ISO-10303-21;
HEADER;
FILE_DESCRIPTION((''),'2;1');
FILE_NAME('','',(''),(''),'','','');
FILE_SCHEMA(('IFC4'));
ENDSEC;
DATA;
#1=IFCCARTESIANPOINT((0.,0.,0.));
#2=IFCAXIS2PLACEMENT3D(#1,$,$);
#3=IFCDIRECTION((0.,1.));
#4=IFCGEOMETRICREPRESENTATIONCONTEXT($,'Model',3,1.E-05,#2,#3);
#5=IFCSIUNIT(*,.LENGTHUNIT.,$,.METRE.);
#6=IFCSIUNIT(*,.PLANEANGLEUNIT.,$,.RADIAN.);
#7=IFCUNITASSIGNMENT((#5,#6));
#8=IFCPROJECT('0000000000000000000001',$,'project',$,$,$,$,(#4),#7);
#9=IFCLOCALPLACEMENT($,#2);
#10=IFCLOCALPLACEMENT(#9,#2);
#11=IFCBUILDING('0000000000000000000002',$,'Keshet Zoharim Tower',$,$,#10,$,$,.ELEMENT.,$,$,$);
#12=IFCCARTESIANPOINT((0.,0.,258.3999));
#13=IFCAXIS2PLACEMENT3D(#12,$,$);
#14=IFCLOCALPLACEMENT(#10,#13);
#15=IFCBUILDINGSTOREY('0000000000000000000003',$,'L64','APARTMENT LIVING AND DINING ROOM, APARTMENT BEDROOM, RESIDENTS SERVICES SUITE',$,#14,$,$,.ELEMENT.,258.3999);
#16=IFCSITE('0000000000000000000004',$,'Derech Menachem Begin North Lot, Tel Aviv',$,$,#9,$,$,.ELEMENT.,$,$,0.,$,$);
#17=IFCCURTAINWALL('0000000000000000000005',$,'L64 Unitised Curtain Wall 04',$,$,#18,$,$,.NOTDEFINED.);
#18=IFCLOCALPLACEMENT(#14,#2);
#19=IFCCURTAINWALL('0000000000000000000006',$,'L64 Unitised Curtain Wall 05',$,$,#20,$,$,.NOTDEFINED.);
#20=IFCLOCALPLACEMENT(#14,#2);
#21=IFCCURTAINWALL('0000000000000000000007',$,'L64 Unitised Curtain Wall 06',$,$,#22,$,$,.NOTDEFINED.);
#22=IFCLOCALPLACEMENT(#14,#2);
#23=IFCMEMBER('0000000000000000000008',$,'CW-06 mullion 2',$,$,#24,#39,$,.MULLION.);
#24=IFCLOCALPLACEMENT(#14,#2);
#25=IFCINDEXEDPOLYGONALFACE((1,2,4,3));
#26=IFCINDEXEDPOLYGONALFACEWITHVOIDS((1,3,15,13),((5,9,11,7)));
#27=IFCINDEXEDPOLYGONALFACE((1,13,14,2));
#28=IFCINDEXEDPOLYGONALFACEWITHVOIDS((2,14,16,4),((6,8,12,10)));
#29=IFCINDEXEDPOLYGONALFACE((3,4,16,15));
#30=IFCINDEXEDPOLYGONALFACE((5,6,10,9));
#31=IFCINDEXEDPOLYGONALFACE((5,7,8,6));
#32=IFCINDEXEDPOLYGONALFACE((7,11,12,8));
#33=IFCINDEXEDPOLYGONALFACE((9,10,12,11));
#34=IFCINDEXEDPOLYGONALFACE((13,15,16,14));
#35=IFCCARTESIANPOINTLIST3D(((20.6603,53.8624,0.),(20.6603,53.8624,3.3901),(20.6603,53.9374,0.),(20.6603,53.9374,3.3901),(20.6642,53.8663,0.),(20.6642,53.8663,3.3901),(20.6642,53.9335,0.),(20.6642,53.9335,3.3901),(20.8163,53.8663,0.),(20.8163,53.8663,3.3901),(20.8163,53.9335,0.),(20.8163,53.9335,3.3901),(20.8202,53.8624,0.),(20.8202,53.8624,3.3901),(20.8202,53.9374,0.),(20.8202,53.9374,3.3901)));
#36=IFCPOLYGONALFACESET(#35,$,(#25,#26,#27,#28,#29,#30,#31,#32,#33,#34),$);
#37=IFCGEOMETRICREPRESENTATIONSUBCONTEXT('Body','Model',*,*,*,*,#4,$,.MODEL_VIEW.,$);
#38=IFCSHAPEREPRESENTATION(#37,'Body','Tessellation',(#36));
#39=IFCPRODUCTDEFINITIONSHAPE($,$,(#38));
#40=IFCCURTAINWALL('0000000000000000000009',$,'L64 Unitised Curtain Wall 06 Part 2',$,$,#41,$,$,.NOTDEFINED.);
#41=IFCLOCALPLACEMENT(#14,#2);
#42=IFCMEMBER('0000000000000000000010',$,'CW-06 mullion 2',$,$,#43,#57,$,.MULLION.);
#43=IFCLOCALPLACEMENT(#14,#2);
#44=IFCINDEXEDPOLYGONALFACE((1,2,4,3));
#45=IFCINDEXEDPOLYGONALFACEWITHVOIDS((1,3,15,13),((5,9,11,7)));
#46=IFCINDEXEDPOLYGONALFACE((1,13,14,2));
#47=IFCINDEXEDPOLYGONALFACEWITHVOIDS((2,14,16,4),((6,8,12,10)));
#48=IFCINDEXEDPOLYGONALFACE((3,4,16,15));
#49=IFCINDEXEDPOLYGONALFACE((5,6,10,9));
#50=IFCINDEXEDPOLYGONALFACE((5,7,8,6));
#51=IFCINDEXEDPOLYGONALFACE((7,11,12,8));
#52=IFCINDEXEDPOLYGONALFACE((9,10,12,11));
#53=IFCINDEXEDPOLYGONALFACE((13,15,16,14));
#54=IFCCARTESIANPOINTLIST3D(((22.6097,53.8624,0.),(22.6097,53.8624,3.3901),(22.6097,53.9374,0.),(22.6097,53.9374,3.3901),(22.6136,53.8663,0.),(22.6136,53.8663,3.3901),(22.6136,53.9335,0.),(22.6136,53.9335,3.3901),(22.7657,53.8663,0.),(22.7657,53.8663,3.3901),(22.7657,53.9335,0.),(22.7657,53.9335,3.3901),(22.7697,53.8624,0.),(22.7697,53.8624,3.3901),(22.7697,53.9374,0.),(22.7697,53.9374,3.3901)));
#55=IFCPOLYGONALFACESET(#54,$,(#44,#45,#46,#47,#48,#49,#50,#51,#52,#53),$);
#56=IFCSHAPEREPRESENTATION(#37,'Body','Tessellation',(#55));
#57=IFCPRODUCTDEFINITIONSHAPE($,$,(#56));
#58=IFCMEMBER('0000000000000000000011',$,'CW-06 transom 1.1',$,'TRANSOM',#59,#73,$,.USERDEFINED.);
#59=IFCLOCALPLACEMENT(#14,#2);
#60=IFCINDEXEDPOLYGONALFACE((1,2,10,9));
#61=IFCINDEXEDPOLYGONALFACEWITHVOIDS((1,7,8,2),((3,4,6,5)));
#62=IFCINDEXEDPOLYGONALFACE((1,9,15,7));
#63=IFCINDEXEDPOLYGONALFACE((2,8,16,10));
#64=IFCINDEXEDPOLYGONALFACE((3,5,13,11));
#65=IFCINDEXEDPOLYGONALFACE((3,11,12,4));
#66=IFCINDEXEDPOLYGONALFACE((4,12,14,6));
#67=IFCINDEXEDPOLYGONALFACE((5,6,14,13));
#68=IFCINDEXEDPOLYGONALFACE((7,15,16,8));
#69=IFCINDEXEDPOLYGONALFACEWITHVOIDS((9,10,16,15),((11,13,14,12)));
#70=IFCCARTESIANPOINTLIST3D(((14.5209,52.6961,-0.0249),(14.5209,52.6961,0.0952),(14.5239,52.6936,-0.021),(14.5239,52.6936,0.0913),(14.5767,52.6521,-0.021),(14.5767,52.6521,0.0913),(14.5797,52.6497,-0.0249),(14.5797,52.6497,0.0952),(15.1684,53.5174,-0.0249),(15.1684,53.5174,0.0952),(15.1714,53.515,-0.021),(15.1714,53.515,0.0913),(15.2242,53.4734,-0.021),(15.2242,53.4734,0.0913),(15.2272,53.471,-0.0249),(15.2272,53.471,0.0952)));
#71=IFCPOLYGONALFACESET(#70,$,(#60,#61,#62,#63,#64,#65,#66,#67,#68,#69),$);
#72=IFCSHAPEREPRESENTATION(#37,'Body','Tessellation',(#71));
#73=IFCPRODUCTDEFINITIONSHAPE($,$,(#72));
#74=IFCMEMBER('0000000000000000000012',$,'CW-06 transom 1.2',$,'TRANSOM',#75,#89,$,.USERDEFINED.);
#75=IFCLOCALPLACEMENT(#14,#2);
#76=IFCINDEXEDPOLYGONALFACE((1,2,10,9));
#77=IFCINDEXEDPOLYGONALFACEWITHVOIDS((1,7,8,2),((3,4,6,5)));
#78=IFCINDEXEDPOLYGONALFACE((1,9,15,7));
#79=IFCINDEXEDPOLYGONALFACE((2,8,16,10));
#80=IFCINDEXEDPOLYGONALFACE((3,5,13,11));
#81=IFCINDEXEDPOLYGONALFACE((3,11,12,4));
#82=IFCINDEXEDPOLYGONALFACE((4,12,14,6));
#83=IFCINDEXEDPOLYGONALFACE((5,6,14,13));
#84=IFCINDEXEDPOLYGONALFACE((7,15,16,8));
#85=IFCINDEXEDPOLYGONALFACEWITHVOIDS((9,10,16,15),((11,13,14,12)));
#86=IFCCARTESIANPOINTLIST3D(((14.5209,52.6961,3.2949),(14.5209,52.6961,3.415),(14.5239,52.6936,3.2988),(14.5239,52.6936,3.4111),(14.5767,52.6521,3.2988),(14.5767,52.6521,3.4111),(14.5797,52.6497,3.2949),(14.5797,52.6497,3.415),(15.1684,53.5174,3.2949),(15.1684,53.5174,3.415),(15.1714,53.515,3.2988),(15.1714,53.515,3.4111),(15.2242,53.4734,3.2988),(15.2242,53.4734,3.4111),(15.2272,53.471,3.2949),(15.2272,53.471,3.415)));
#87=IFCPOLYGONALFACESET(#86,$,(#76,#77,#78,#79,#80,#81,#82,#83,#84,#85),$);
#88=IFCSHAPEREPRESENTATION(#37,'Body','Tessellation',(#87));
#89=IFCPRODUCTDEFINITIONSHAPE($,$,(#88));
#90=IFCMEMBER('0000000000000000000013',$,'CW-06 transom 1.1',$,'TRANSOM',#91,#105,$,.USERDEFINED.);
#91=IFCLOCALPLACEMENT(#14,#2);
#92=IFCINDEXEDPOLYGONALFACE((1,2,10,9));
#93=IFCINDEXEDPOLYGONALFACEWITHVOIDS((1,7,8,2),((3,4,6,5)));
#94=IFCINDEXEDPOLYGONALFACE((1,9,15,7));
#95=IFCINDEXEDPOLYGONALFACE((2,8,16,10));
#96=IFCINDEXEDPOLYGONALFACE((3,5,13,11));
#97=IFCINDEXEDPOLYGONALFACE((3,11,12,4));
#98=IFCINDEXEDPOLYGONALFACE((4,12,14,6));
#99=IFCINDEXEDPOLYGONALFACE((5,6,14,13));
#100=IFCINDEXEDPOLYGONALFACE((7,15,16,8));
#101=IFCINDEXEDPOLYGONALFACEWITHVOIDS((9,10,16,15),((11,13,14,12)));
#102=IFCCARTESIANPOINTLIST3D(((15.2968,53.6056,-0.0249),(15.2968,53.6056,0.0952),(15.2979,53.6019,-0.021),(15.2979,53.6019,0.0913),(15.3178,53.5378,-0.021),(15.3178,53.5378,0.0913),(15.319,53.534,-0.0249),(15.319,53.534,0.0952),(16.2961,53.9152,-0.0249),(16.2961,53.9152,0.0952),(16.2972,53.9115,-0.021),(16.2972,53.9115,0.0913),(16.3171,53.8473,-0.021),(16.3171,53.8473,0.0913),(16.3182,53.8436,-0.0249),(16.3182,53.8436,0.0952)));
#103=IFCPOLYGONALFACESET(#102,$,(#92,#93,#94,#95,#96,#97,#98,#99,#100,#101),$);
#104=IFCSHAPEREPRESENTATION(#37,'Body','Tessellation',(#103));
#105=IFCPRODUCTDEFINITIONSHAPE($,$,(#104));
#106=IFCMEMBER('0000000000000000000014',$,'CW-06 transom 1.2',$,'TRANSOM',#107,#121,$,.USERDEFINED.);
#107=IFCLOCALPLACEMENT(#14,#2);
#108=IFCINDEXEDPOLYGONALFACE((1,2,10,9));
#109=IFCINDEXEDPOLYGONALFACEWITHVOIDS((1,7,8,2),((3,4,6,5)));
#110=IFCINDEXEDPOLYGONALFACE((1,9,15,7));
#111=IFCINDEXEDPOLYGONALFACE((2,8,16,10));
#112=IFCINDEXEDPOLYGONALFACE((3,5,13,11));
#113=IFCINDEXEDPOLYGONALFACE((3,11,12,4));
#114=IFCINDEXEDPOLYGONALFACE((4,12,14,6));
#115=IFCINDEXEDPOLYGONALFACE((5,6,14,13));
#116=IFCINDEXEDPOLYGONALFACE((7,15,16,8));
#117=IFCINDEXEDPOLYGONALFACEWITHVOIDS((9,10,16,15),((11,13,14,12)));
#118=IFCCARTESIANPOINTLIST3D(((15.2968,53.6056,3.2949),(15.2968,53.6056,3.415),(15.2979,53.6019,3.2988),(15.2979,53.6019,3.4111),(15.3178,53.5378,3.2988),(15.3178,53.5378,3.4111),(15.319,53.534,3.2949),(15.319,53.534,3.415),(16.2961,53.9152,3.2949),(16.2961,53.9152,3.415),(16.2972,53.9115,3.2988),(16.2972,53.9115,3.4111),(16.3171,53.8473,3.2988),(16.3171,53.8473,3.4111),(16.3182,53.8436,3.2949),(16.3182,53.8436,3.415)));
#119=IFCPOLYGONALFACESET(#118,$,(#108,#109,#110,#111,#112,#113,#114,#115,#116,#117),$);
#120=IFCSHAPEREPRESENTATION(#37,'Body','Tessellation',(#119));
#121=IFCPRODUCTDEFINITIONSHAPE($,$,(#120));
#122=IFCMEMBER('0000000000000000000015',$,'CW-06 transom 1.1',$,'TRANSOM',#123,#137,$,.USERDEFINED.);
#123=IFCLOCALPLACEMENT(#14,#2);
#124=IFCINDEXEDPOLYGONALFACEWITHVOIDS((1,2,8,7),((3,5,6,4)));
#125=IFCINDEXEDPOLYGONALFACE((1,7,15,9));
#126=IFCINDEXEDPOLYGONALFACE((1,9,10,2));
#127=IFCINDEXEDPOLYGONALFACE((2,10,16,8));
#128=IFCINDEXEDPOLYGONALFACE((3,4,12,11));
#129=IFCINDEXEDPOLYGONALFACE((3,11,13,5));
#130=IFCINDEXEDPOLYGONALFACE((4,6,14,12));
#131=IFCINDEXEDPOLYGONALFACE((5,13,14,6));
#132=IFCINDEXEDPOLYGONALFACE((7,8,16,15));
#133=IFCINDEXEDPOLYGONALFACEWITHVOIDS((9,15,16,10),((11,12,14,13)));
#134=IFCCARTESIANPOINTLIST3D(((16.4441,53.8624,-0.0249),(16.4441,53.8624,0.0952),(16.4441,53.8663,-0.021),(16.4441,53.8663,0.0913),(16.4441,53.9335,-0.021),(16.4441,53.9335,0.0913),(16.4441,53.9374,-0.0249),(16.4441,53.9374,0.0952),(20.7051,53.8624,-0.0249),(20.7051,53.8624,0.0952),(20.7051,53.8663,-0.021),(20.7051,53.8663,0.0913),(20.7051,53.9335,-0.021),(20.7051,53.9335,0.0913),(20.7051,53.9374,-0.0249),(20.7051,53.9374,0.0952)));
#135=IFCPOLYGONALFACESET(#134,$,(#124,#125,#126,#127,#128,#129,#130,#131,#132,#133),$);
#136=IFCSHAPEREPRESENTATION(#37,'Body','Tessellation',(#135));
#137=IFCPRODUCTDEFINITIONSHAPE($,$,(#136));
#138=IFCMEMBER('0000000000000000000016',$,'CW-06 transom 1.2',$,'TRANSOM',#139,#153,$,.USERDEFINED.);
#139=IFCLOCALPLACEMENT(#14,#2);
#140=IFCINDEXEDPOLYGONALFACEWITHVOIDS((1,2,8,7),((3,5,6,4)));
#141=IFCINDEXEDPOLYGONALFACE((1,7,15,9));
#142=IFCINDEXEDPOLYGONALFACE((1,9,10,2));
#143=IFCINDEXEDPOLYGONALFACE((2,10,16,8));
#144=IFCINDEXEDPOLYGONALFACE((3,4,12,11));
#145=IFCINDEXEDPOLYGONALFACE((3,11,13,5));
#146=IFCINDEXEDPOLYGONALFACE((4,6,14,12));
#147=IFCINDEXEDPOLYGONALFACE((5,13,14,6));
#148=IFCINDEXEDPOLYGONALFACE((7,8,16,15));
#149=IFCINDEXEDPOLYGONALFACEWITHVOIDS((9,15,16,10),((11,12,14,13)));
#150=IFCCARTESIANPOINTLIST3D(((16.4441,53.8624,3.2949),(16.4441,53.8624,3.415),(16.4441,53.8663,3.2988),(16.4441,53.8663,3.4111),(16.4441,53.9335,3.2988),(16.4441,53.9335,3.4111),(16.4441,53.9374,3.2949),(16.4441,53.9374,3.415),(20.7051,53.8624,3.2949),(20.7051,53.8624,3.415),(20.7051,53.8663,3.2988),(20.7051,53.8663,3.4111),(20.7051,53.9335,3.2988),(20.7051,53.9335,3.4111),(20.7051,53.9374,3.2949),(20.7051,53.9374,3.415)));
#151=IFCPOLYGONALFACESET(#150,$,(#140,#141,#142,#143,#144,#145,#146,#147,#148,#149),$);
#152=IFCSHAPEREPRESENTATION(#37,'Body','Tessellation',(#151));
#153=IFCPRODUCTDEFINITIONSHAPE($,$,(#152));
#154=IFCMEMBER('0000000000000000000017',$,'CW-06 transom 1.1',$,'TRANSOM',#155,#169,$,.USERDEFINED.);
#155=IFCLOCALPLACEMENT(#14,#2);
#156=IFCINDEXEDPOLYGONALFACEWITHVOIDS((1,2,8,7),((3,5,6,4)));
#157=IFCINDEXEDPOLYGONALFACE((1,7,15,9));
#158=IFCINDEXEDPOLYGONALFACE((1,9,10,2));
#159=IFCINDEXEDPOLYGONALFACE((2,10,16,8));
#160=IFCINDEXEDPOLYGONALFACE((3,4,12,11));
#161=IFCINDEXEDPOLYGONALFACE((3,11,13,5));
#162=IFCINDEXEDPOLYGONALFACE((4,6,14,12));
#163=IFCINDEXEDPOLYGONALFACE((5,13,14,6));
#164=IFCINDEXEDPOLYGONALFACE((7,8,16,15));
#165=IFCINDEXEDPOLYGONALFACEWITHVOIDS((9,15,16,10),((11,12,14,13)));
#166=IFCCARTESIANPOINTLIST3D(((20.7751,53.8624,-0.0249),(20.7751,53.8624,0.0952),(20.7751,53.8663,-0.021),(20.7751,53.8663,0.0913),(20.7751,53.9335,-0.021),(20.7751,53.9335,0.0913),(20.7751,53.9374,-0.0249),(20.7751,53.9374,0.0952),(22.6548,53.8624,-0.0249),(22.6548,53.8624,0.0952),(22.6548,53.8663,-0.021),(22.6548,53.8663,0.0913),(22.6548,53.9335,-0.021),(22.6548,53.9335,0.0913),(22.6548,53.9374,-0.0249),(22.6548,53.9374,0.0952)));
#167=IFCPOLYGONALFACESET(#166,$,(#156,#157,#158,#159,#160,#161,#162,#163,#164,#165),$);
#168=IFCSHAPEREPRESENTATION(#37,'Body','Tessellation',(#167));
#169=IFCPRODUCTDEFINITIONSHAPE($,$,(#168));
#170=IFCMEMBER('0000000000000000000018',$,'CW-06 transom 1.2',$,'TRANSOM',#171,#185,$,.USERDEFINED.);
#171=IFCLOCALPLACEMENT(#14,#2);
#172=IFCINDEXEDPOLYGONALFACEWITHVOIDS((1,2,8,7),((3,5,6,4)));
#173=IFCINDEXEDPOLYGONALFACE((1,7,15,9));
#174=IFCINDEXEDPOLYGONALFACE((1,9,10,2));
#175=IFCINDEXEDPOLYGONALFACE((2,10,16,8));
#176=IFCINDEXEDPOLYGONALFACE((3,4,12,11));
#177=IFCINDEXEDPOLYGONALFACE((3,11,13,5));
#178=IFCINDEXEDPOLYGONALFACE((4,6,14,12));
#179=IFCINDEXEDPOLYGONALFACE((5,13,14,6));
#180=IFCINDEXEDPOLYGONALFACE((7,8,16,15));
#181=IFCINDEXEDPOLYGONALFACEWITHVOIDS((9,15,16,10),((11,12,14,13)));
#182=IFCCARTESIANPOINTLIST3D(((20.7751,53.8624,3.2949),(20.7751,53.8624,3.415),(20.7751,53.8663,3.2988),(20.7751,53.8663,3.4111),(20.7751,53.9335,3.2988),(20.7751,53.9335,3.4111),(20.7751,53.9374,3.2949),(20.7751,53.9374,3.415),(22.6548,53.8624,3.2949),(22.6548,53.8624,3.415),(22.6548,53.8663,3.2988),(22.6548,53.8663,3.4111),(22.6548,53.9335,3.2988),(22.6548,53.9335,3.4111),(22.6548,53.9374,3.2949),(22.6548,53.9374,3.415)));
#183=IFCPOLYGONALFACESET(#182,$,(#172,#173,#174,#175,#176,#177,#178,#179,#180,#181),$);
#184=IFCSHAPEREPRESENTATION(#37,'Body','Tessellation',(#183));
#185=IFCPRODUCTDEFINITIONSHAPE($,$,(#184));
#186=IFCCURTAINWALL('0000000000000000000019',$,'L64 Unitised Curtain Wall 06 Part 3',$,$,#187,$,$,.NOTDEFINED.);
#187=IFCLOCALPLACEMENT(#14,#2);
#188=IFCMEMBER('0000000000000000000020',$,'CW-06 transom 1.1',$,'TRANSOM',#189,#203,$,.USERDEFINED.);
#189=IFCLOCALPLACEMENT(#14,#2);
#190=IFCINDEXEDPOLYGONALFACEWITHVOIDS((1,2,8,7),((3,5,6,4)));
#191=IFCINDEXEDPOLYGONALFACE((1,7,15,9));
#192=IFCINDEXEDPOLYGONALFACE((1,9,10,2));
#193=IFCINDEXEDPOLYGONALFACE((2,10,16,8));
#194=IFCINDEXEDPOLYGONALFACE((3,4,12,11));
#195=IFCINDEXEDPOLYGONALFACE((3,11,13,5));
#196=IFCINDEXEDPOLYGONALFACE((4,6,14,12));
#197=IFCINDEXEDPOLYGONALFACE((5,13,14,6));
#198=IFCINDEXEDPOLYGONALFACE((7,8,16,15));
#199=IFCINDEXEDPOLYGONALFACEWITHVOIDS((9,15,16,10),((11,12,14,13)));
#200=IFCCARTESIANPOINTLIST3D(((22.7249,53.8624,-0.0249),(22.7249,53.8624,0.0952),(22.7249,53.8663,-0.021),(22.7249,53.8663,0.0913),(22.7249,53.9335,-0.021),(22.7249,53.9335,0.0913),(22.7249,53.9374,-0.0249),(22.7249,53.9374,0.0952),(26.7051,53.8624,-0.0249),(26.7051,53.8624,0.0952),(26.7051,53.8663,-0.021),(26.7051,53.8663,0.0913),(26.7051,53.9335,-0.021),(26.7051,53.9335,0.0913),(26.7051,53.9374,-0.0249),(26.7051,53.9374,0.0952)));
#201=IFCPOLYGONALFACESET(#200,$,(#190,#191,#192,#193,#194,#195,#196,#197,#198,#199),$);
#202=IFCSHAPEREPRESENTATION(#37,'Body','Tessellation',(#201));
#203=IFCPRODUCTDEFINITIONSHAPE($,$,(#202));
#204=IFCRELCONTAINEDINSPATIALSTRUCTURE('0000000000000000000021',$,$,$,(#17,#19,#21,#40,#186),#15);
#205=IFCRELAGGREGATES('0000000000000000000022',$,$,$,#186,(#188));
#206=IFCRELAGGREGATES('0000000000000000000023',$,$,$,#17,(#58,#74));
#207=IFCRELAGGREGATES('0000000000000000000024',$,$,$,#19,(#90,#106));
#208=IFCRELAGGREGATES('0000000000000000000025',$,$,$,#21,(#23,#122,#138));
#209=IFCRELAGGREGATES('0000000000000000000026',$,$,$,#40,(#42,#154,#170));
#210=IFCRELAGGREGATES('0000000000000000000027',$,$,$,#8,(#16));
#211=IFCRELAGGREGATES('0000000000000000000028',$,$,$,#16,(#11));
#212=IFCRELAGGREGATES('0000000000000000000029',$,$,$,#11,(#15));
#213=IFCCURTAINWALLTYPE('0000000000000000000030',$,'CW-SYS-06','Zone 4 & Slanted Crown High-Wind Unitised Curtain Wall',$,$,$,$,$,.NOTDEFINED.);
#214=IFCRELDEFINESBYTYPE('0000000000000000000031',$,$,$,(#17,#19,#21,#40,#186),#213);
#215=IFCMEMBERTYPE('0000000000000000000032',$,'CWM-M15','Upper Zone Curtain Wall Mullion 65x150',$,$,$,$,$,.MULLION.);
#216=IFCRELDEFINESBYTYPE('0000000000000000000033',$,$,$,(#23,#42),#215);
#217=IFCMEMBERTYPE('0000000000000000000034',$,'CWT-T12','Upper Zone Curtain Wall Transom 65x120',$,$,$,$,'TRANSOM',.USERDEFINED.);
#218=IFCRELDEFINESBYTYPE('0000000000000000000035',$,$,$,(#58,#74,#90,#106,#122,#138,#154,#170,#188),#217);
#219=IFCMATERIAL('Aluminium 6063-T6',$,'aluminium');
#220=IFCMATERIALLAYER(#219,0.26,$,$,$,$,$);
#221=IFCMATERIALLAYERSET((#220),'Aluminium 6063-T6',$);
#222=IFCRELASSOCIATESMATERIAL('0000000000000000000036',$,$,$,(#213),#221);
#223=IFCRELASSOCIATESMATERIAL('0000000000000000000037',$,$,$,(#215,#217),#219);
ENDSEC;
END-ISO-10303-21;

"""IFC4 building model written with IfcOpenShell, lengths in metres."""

from ifc_helpers import new_model, si_unit, direction, frame, origin, origin_2d, place, context, subcontext, project, spatial, hollow_rectangle, extrude, material, layer, layer_set, material_profile, profile_set, type_object, element, aggregate, save


model = new_model("IFC4")

# Units and contexts
model_context = context("Model", 3, precision=1e-05, world=origin(), true_north=direction((0.0, 1.0)))
body_context = subcontext(model_context, "Body", "Model", "MODEL_VIEW")
ifc_project = project(units=[si_unit("LENGTHUNIT", "METRE"), si_unit("PLANEANGLEUNIT", "RADIAN")], contexts=[model_context])

# Site, building, storey
site_placement = place(None, origin())
site = spatial("IfcSite", under=ifc_project, at=site_placement, Name="Derech Menachem Begin North Lot, Tel Aviv", CompositionType="ELEMENT", RefElevation=0.0)
building_placement = place(site_placement, origin())
building = spatial("IfcBuilding", under=site, at=building_placement, Name="Keshet Zoharim Tower", CompositionType="ELEMENT")
storey_placement = place(building_placement, frame((0.0, 0.0, 258.3999)))
storey = spatial("IfcBuildingStorey", under=building, at=storey_placement, Name="L64", Description="APARTMENT LIVING AND DINING ROOM, APARTMENT BEDROOM, RESIDENTS SERVICES SUITE", CompositionType="ELEMENT", Elevation=258.3999)

# Curtain walls, member
ifc_material_1 = material(Name="Aluminium 6063-T6", Category="aluminium")
ifc_layer_1 = layer(ifc_material_1, 0.26)
ifc_layer_set_1 = layer_set([ifc_layer_1], Name="Aluminium 6063-T6")
curtain_wall_type = type_object("IfcCurtainWallType", Name="CW-SYS-06", Description="Zone 4 & Slanted Crown High-Wind Unitised Curtain Wall", PredefinedType="NOTDEFINED", material=ifc_layer_set_1)
curtain_wall_1_placement = place(storey_placement, origin())
curtain_wall_1 = element("IfcCurtainWall", 1, at=curtain_wall_1_placement, inside=storey, type_object=curtain_wall_type, Name="L64 Unitised Curtain Wall 04", PredefinedType="NOTDEFINED")
ifc_material_profile_1 = material_profile(ifc_material_1, hollow_rectangle(XDim=0.075, YDim=0.1599, WallThickness=0.0039, at=origin_2d()), Name="MUL-75x160")
ifc_profile_set_1 = profile_set([ifc_material_profile_1], Name="Aluminium 6063-T6")
member_type_1 = type_object("IfcMemberType", Name="CWM-M15", Description="Upper Zone Curtain Wall Mullion 65x150", PredefinedType="MULLION", material=ifc_profile_set_1)
curtain_wall_2_placement = place(storey_placement, origin())
curtain_wall_2 = element("IfcCurtainWall", 2, at=curtain_wall_2_placement, inside=storey, type_object=curtain_wall_type, Name="L64 Unitised Curtain Wall 05", PredefinedType="NOTDEFINED")
curtain_wall_3_placement = place(storey_placement, origin())
curtain_wall_3 = element("IfcCurtainWall", 3, at=curtain_wall_3_placement, inside=storey, type_object=curtain_wall_type, Name="L64 Unitised Curtain Wall 06", PredefinedType="NOTDEFINED")
member_1_placement = place(storey_placement, frame((20.7402, 53.8999, 0.0), z_axis=(0.0, 0.0, 1.0), x_axis=(0.0, 1.0, 0.0)))
member_1 = element("IfcMember", 4, at=member_1_placement, type_object=member_type_1, Name="CW-06 mullion 2", PredefinedType="MULLION", context=body_context, shape_type="SweptSolid", body=[
    extrude(hollow_rectangle(XDim=0.075, YDim=0.1599, WallThickness=0.0039, at=origin_2d()), origin(), (0.0, 0.0, 1.0), 3.3901),
])

# Curtain wall, member
curtain_wall_4_placement = place(storey_placement, origin())
curtain_wall_4 = element("IfcCurtainWall", 5, at=curtain_wall_4_placement, inside=storey, type_object=curtain_wall_type, Name="L64 Unitised Curtain Wall 06 Part 2", PredefinedType="NOTDEFINED")
member_2_placement = place(storey_placement, frame((22.6897, 53.8999, 0.0), z_axis=(0.0, 0.0, 1.0), x_axis=(0.0, 1.0, 0.0)))
member_2 = element("IfcMember", 6, at=member_2_placement, type_object=member_type_1, Name="CW-06 mullion 2", PredefinedType="MULLION", context=body_context, shape_type="SweptSolid", body=[
    extrude(hollow_rectangle(XDim=0.075, YDim=0.1599, WallThickness=0.0039, at=origin_2d()), origin(), (0.0, 0.0, 1.0), 3.3901),
])

# Members
ifc_material_profile_2 = material_profile(ifc_material_1, hollow_rectangle(XDim=0.075, YDim=0.1201, WallThickness=0.0039, at=origin_2d()), Name="TRN-75x120")
ifc_profile_set_2 = profile_set([ifc_material_profile_2], Name="Aluminium 6063-T6")
member_type_2 = type_object("IfcMemberType", Name="CWT-T12", Description="Upper Zone Curtain Wall Transom 65x120", ElementType="TRANSOM", PredefinedType="USERDEFINED", material=ifc_profile_set_2)
member_3_placement = place(storey_placement, frame((14.5503, 52.6729, 0.0352), z_axis=(0.619099, 0.785313, 0.0), x_axis=(-0.785313, 0.619099, 0.0)))
member_3 = element("IfcMember", 7, at=member_3_placement, type_object=member_type_2, Name="CW-06 transom 1.1", ObjectType="TRANSOM", PredefinedType="USERDEFINED", context=body_context, shape_type="SweptSolid", body=[
    extrude(hollow_rectangle(XDim=0.075, YDim=0.1201, WallThickness=0.0039, at=origin_2d()), origin(), (0.0, 0.0, 1.0), 1.0459),
])
member_4_placement = place(storey_placement, frame((14.5503, 52.6729, 3.355), z_axis=(0.619099, 0.785313, 0.0), x_axis=(-0.785313, 0.619099, 0.0)))
member_4 = element("IfcMember", 8, at=member_4_placement, type_object=member_type_2, Name="CW-06 transom 1.2", ObjectType="TRANSOM", PredefinedType="USERDEFINED", context=body_context, shape_type="SweptSolid", body=[
    extrude(hollow_rectangle(XDim=0.075, YDim=0.1201, WallThickness=0.0039, at=origin_2d()), origin(), (0.0, 0.0, 1.0), 1.0459),
])
member_5_placement = place(storey_placement, frame((15.3079, 53.5698, 0.0352), z_axis=(0.955212, 0.295922, 0.0), x_axis=(-0.295922, 0.955212, 0.0)))
member_5 = element("IfcMember", 9, at=member_5_placement, type_object=member_type_2, Name="CW-06 transom 1.1", ObjectType="TRANSOM", PredefinedType="USERDEFINED", context=body_context, shape_type="SweptSolid", body=[
    extrude(hollow_rectangle(XDim=0.075, YDim=0.1201, WallThickness=0.0039, at=origin_2d()), origin(), (0.0, 0.0, 1.0), 1.0461),
])
member_6_placement = place(storey_placement, frame((15.3079, 53.5698, 3.355), z_axis=(0.955212, 0.295922, 0.0), x_axis=(-0.295922, 0.955212, 0.0)))
member_6 = element("IfcMember", 10, at=member_6_placement, type_object=member_type_2, Name="CW-06 transom 1.2", ObjectType="TRANSOM", PredefinedType="USERDEFINED", context=body_context, shape_type="SweptSolid", body=[
    extrude(hollow_rectangle(XDim=0.075, YDim=0.1201, WallThickness=0.0039, at=origin_2d()), origin(), (0.0, 0.0, 1.0), 1.0461),
])
member_7_placement = place(storey_placement, frame((16.4441, 53.8999, 0.0352), z_axis=(1.0, 0.0, 0.0), x_axis=(0.0, 1.0, 0.0)))
member_7 = element("IfcMember", 11, at=member_7_placement, type_object=member_type_2, Name="CW-06 transom 1.1", ObjectType="TRANSOM", PredefinedType="USERDEFINED", context=body_context, shape_type="SweptSolid", body=[
    extrude(hollow_rectangle(XDim=0.075, YDim=0.1201, WallThickness=0.0039, at=origin_2d()), origin(), (0.0, 0.0, 1.0), 4.261),
])
member_8_placement = place(storey_placement, frame((16.4441, 53.8999, 3.355), z_axis=(1.0, 0.0, 0.0), x_axis=(0.0, 1.0, 0.0)))
member_8 = element("IfcMember", 12, at=member_8_placement, type_object=member_type_2, Name="CW-06 transom 1.2", ObjectType="TRANSOM", PredefinedType="USERDEFINED", context=body_context, shape_type="SweptSolid", body=[
    extrude(hollow_rectangle(XDim=0.075, YDim=0.1201, WallThickness=0.0039, at=origin_2d()), origin(), (0.0, 0.0, 1.0), 4.261),
])
member_9_placement = place(storey_placement, frame((20.7751, 53.8999, 0.0352), z_axis=(1.0, 0.0, 0.0), x_axis=(0.0, 1.0, 0.0)))
member_9 = element("IfcMember", 13, at=member_9_placement, type_object=member_type_2, Name="CW-06 transom 1.1", ObjectType="TRANSOM", PredefinedType="USERDEFINED", context=body_context, shape_type="SweptSolid", body=[
    extrude(hollow_rectangle(XDim=0.075, YDim=0.1201, WallThickness=0.0039, at=origin_2d()), origin(), (0.0, 0.0, 1.0), 1.8796),
])
member_10_placement = place(storey_placement, frame((20.7751, 53.8999, 3.355), z_axis=(1.0, 0.0, 0.0), x_axis=(0.0, 1.0, 0.0)))
member_10 = element("IfcMember", 14, at=member_10_placement, type_object=member_type_2, Name="CW-06 transom 1.2", ObjectType="TRANSOM", PredefinedType="USERDEFINED", context=body_context, shape_type="SweptSolid", body=[
    extrude(hollow_rectangle(XDim=0.075, YDim=0.1201, WallThickness=0.0039, at=origin_2d()), origin(), (0.0, 0.0, 1.0), 1.8796),
])

# Curtain wall, member
curtain_wall_5_placement = place(storey_placement, origin())
curtain_wall_5 = element("IfcCurtainWall", 15, at=curtain_wall_5_placement, inside=storey, type_object=curtain_wall_type, Name="L64 Unitised Curtain Wall 06 Part 3", PredefinedType="NOTDEFINED")
member_11_placement = place(storey_placement, frame((22.7249, 53.8999, 0.0352), z_axis=(1.0, 0.0, 0.0), x_axis=(0.0, 1.0, 0.0)))
member_11 = element("IfcMember", 16, at=member_11_placement, type_object=member_type_2, Name="CW-06 transom 1.1", ObjectType="TRANSOM", PredefinedType="USERDEFINED", context=body_context, shape_type="SweptSolid", body=[
    extrude(hollow_rectangle(XDim=0.075, YDim=0.1201, WallThickness=0.0039, at=origin_2d()), origin(), (0.0, 0.0, 1.0), 3.9802),
])
aggregate(curtain_wall_5, [member_11])

aggregate(curtain_wall_1, [member_3, member_4])
aggregate(curtain_wall_2, [member_5, member_6])
aggregate(curtain_wall_3, [member_1, member_7, member_8])
aggregate(curtain_wall_4, [member_2, member_9, member_10])

save(model, "model.ifc")
